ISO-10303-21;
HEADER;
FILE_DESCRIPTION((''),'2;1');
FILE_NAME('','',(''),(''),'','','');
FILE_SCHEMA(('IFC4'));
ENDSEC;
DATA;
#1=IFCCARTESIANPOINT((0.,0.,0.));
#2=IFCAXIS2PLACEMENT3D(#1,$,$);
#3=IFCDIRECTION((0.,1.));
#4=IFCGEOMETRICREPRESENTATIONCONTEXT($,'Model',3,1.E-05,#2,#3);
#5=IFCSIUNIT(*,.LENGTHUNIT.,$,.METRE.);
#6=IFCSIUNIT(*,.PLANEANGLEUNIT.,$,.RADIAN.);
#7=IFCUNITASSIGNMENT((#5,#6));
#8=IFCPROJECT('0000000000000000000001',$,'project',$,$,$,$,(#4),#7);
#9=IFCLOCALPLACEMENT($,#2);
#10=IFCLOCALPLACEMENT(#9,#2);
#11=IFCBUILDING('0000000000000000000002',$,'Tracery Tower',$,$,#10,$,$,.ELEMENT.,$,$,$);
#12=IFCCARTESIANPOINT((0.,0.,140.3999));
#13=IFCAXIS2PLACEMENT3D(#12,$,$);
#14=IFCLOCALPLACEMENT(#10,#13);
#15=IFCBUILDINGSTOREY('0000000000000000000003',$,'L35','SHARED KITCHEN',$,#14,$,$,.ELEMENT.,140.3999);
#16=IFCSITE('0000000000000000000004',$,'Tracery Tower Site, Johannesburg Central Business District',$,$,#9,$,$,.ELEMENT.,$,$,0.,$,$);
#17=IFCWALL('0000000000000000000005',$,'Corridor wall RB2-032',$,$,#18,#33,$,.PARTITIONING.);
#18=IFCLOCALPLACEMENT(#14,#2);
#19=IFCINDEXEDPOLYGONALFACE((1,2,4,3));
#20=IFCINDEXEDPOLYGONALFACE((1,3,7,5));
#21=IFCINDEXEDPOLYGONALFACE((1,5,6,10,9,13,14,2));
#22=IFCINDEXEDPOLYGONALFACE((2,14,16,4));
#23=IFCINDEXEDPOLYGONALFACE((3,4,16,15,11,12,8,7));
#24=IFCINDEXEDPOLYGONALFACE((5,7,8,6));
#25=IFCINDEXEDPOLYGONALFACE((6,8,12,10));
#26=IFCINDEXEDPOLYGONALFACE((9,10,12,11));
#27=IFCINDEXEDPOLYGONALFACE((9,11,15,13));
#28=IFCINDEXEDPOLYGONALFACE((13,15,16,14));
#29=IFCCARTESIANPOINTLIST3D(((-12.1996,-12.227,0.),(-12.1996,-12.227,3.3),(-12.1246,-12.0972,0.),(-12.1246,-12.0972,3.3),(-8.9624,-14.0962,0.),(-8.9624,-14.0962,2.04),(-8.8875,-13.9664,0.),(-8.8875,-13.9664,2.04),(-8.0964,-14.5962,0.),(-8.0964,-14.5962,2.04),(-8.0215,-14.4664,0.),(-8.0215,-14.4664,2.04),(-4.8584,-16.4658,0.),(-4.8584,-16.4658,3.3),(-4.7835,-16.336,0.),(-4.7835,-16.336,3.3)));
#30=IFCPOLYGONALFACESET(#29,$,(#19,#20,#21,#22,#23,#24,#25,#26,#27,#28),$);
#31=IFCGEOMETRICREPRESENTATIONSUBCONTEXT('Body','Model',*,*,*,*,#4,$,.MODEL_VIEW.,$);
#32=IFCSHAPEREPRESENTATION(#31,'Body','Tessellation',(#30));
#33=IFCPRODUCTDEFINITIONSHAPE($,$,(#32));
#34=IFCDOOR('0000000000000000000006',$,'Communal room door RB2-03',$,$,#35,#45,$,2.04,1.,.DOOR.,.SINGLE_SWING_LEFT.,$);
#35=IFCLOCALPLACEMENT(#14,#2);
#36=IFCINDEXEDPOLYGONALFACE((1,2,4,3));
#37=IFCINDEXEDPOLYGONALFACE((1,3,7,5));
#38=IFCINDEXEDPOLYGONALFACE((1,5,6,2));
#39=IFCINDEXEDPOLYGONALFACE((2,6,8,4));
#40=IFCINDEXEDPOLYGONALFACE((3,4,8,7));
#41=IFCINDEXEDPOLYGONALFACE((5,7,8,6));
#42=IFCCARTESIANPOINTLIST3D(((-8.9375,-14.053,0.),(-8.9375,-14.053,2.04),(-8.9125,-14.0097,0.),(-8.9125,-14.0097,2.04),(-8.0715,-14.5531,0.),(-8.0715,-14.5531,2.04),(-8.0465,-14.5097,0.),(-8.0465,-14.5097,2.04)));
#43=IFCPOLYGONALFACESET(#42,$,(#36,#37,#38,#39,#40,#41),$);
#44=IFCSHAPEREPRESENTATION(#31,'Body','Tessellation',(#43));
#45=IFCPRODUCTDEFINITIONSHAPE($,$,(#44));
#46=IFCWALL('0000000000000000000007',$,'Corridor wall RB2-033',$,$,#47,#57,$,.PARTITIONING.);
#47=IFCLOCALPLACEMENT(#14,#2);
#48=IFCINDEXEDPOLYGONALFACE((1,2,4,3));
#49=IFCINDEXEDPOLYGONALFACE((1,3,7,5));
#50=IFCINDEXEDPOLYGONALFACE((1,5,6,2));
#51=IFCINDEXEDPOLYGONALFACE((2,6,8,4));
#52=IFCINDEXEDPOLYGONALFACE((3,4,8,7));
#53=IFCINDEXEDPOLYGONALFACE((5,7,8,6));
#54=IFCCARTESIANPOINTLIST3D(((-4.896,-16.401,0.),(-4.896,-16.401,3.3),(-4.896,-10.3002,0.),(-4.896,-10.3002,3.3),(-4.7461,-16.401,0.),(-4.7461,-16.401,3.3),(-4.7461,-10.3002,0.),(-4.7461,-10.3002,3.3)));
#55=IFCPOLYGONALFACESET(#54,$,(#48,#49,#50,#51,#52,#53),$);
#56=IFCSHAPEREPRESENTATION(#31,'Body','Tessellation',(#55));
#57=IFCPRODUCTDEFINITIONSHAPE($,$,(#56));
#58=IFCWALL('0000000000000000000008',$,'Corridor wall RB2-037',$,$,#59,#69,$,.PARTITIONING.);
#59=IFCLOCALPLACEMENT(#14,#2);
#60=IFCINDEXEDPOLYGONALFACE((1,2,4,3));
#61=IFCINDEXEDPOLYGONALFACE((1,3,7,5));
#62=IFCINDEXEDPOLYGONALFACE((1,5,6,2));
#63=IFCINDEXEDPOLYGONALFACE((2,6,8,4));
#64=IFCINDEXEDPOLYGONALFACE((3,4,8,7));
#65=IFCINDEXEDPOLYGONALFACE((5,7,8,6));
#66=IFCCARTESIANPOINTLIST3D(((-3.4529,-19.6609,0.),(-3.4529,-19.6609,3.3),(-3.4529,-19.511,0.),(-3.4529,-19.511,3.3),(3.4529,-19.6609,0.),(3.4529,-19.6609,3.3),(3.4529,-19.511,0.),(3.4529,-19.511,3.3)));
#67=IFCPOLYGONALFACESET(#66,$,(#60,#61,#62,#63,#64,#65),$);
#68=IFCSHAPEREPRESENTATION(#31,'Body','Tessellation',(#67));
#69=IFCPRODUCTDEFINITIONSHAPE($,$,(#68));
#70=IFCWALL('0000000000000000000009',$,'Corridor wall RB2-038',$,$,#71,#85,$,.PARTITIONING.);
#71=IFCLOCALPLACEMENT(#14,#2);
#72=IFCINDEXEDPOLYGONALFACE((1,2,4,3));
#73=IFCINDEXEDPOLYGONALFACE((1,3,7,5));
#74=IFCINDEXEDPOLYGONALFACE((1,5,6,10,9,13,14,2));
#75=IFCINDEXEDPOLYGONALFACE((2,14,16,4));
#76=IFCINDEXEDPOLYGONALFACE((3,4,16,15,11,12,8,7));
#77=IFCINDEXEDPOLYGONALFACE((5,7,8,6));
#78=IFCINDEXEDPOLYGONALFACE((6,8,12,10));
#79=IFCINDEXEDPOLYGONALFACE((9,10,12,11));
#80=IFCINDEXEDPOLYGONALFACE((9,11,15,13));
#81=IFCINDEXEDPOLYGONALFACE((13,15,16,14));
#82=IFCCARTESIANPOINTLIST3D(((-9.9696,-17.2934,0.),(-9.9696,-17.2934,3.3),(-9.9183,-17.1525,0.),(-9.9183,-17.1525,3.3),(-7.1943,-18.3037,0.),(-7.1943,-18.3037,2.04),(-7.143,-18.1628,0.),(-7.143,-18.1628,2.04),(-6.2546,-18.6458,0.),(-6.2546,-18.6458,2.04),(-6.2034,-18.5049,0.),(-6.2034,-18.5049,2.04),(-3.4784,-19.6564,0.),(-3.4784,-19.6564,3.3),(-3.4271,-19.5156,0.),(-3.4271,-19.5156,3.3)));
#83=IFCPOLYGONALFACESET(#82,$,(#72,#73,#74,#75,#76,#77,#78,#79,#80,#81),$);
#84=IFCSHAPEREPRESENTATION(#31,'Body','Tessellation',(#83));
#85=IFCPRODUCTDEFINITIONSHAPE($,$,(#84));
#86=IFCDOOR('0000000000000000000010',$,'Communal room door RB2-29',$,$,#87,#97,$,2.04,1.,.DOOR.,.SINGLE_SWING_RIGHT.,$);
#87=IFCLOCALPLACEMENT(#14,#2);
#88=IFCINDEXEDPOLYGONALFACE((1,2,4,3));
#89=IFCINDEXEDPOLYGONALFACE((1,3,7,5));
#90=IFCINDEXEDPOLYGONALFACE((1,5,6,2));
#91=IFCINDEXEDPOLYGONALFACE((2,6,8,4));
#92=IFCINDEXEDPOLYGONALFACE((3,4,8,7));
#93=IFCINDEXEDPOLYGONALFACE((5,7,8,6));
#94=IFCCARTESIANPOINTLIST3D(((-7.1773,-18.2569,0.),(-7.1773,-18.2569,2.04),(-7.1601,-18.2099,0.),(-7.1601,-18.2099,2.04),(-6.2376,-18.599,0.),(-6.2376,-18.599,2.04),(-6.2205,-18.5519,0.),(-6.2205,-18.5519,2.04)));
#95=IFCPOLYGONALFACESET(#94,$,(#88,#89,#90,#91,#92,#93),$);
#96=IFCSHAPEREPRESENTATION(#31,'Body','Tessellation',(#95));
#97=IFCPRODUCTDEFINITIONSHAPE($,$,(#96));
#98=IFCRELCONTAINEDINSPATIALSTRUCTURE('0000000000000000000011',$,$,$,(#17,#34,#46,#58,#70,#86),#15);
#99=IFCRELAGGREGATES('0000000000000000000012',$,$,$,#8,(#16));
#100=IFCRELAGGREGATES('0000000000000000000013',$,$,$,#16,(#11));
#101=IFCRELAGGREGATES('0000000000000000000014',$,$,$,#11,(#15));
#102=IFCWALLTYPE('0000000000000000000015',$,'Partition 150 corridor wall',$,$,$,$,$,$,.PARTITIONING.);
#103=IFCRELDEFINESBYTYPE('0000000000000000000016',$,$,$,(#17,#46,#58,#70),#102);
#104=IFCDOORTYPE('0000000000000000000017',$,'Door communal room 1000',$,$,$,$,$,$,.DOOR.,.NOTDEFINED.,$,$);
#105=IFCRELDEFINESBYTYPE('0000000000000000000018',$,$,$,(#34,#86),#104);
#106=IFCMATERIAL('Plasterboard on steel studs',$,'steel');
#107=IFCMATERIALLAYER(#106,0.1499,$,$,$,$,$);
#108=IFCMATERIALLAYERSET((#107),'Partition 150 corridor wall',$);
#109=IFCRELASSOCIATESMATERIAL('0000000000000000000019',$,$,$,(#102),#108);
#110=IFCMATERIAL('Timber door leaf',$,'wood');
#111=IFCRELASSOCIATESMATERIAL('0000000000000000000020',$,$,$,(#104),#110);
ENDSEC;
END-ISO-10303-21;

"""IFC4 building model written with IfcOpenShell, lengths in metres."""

from ifc_helpers import new_model, si_unit, direction, frame, frame_2d, origin, place, context, subcontext, project, spatial, rectangle, extrude, material, layer, layer_set, type_object, element, fill, save


model = new_model("IFC4")

# Units and contexts
model_context = context("Model", 3, precision=1e-05, world=origin(), true_north=direction((0.0, 1.0)))
body_context = subcontext(model_context, "Body", "Model", "MODEL_VIEW")
ifc_project = project(units=[si_unit("LENGTHUNIT", "METRE"), si_unit("PLANEANGLEUNIT", "RADIAN")], contexts=[model_context])

# Site, building, storey
site_placement = place(None, origin())
site = spatial("IfcSite", under=ifc_project, at=site_placement, Name="Tracery Tower Site, Johannesburg Central Business District", CompositionType="ELEMENT", RefElevation=0.0)
building_placement = place(site_placement, origin())
building = spatial("IfcBuilding", under=site, at=building_placement, Name="Tracery Tower", CompositionType="ELEMENT")
storey_placement = place(building_placement, frame((0.0, 0.0, 140.3999)))
storey = spatial("IfcBuildingStorey", under=building, at=storey_placement, Name="L35", Description="SHARED KITCHEN", CompositionType="ELEMENT", Elevation=140.3999)

# Shared definitions
ifc_material_1 = material(Name="Plasterboard on steel studs", Category="steel")
ifc_layer_1 = layer(ifc_material_1, 0.1499)
ifc_layer_set_1 = layer_set([ifc_layer_1], Name="Partition 150 corridor wall")
wall_type_1 = type_object("IfcWallType", Name="Partition 150 corridor wall", PredefinedType="PARTITIONING", material=ifc_layer_set_1)

# Wall, opening, door
wall_1_placement = place(storey_placement, frame((-12.1621, -12.1621, 0.0), z_axis=(0.0, 0.0, 1.0), x_axis=(0.866005, -0.500036, 0.0)))
wall_1 = element("IfcWall", 1, at=wall_1_placement, inside=storey, type_object=wall_type_1, Name="Corridor wall RB2-032", PredefinedType="PARTITIONING", context=body_context, shape_type="SweptSolid", body=[
    extrude(rectangle(XDim=8.4771, YDim=0.1499, at=frame_2d((4.2385, 0.0))), origin(), (0.0, 0.0, 1.0), 3.3),
])
opening_1_placement = place(wall_1_placement, frame((3.738, 0.0, 0.0)))
opening_1 = element("IfcOpeningElement", 2, at=opening_1_placement, cuts=wall_1, PredefinedType="OPENING", context=body_context, shape_type="SweptSolid", body=[
    extrude(rectangle(XDim=1.0, YDim=2.04, at=frame_2d((0.5, 1.02))), frame((0.0, 0.075, 0.0), z_axis=(0.0, -1.0, 0.0), x_axis=(1.0, 0.0, 0.0)), (0.0, 0.0, 1.0), 0.1499),
])
ifc_material_2 = material(Name="Timber door leaf", Category="wood")
door_type = type_object("IfcDoorType", Name="Door communal room 1000", OperationType="NOTDEFINED", PredefinedType="DOOR", material=ifc_material_2)
door_1_placement = place(opening_1_placement, origin())
door_1 = element("IfcDoor", 3, at=door_1_placement, inside=storey, type_object=door_type, Name="Communal room door RB2-03", OperationType="SINGLE_SWING_LEFT", OverallHeight=2.04, OverallWidth=1.0, PredefinedType="DOOR", context=body_context, shape_type="SweptSolid", body=[
    extrude(rectangle(XDim=1.0, YDim=2.04, at=frame_2d((0.5, 1.02))), frame((0.0, 0.0249, 0.0), z_axis=(0.0, -1.0, 0.0), x_axis=(1.0, 0.0, 0.0)), (0.0, 0.0, 1.0), 0.05),
])
fill(opening_1, door_1)

# Walls
wall_2_placement = place(storey_placement, frame((-4.821, -16.4009, 0.0), z_axis=(0.0, 0.0, 1.0), x_axis=(0.0, 1.0, 0.0)))
element("IfcWall", 4, at=wall_2_placement, inside=storey, type_object=wall_type_1, Name="Corridor wall RB2-033", PredefinedType="PARTITIONING", context=body_context, shape_type="SweptSolid", body=[
    extrude(rectangle(XDim=6.1008, YDim=0.1499, at=frame_2d((3.0503, 0.0))), origin(), (0.0, 0.0, 1.0), 3.3),
])
wall_3_placement = place(storey_placement, frame((-3.4529, -19.5859, 0.0), z_axis=(0.0, 0.0, 1.0), x_axis=(1.0, 0.0, 0.0)))
element("IfcWall", 5, at=wall_3_placement, inside=storey, type_object=wall_type_1, Name="Corridor wall RB2-037", PredefinedType="PARTITIONING", context=body_context, shape_type="SweptSolid", body=[
    extrude(rectangle(XDim=6.9058, YDim=0.1499, at=frame_2d((3.4529, 0.0))), origin(), (0.0, 0.0, 1.0), 3.3),
])

# Wall, opening, door
wall_4_placement = place(storey_placement, frame((-9.9441, -17.2229, 0.0), z_axis=(0.0, 0.0, 1.0), x_axis=(0.939673, -0.342075, 0.0)))
wall_4 = element("IfcWall", 6, at=wall_4_placement, inside=storey, type_object=wall_type_1, Name="Corridor wall RB2-038", PredefinedType="PARTITIONING", context=body_context, shape_type="SweptSolid", body=[
    extrude(rectangle(XDim=6.908, YDim=0.1499, at=frame_2d((3.4541, 0.0))), origin(), (0.0, 0.0, 1.0), 3.3),
])
opening_2_placement = place(wall_4_placement, frame((2.9536, 0.0, 0.0)))
opening_2 = element("IfcOpeningElement", 7, at=opening_2_placement, cuts=wall_4, PredefinedType="OPENING", context=body_context, shape_type="SweptSolid", body=[
    extrude(rectangle(XDim=1.0, YDim=2.04, at=frame_2d((0.5, 1.02))), frame((0.0, 0.075, 0.0), z_axis=(0.0, -1.0, 0.0), x_axis=(1.0, 0.0, 0.0)), (0.0, 0.0, 1.0), 0.1499),
])
door_2_placement = place(opening_2_placement, origin())
door_2 = element("IfcDoor", 8, at=door_2_placement, inside=storey, type_object=door_type, Name="Communal room door RB2-29", OperationType="SINGLE_SWING_RIGHT", OverallHeight=2.04, OverallWidth=1.0, PredefinedType="DOOR", context=body_context, shape_type="SweptSolid", body=[
    extrude(rectangle(XDim=1.0, YDim=2.04, at=frame_2d((0.5, 1.02))), frame((0.0, 0.0249, 0.0), z_axis=(0.0, -1.0, 0.0), x_axis=(1.0, 0.0, 0.0)), (0.0, 0.0, 1.0), 0.05),
])
fill(opening_2, door_2)

save(model, "model.ifc")
